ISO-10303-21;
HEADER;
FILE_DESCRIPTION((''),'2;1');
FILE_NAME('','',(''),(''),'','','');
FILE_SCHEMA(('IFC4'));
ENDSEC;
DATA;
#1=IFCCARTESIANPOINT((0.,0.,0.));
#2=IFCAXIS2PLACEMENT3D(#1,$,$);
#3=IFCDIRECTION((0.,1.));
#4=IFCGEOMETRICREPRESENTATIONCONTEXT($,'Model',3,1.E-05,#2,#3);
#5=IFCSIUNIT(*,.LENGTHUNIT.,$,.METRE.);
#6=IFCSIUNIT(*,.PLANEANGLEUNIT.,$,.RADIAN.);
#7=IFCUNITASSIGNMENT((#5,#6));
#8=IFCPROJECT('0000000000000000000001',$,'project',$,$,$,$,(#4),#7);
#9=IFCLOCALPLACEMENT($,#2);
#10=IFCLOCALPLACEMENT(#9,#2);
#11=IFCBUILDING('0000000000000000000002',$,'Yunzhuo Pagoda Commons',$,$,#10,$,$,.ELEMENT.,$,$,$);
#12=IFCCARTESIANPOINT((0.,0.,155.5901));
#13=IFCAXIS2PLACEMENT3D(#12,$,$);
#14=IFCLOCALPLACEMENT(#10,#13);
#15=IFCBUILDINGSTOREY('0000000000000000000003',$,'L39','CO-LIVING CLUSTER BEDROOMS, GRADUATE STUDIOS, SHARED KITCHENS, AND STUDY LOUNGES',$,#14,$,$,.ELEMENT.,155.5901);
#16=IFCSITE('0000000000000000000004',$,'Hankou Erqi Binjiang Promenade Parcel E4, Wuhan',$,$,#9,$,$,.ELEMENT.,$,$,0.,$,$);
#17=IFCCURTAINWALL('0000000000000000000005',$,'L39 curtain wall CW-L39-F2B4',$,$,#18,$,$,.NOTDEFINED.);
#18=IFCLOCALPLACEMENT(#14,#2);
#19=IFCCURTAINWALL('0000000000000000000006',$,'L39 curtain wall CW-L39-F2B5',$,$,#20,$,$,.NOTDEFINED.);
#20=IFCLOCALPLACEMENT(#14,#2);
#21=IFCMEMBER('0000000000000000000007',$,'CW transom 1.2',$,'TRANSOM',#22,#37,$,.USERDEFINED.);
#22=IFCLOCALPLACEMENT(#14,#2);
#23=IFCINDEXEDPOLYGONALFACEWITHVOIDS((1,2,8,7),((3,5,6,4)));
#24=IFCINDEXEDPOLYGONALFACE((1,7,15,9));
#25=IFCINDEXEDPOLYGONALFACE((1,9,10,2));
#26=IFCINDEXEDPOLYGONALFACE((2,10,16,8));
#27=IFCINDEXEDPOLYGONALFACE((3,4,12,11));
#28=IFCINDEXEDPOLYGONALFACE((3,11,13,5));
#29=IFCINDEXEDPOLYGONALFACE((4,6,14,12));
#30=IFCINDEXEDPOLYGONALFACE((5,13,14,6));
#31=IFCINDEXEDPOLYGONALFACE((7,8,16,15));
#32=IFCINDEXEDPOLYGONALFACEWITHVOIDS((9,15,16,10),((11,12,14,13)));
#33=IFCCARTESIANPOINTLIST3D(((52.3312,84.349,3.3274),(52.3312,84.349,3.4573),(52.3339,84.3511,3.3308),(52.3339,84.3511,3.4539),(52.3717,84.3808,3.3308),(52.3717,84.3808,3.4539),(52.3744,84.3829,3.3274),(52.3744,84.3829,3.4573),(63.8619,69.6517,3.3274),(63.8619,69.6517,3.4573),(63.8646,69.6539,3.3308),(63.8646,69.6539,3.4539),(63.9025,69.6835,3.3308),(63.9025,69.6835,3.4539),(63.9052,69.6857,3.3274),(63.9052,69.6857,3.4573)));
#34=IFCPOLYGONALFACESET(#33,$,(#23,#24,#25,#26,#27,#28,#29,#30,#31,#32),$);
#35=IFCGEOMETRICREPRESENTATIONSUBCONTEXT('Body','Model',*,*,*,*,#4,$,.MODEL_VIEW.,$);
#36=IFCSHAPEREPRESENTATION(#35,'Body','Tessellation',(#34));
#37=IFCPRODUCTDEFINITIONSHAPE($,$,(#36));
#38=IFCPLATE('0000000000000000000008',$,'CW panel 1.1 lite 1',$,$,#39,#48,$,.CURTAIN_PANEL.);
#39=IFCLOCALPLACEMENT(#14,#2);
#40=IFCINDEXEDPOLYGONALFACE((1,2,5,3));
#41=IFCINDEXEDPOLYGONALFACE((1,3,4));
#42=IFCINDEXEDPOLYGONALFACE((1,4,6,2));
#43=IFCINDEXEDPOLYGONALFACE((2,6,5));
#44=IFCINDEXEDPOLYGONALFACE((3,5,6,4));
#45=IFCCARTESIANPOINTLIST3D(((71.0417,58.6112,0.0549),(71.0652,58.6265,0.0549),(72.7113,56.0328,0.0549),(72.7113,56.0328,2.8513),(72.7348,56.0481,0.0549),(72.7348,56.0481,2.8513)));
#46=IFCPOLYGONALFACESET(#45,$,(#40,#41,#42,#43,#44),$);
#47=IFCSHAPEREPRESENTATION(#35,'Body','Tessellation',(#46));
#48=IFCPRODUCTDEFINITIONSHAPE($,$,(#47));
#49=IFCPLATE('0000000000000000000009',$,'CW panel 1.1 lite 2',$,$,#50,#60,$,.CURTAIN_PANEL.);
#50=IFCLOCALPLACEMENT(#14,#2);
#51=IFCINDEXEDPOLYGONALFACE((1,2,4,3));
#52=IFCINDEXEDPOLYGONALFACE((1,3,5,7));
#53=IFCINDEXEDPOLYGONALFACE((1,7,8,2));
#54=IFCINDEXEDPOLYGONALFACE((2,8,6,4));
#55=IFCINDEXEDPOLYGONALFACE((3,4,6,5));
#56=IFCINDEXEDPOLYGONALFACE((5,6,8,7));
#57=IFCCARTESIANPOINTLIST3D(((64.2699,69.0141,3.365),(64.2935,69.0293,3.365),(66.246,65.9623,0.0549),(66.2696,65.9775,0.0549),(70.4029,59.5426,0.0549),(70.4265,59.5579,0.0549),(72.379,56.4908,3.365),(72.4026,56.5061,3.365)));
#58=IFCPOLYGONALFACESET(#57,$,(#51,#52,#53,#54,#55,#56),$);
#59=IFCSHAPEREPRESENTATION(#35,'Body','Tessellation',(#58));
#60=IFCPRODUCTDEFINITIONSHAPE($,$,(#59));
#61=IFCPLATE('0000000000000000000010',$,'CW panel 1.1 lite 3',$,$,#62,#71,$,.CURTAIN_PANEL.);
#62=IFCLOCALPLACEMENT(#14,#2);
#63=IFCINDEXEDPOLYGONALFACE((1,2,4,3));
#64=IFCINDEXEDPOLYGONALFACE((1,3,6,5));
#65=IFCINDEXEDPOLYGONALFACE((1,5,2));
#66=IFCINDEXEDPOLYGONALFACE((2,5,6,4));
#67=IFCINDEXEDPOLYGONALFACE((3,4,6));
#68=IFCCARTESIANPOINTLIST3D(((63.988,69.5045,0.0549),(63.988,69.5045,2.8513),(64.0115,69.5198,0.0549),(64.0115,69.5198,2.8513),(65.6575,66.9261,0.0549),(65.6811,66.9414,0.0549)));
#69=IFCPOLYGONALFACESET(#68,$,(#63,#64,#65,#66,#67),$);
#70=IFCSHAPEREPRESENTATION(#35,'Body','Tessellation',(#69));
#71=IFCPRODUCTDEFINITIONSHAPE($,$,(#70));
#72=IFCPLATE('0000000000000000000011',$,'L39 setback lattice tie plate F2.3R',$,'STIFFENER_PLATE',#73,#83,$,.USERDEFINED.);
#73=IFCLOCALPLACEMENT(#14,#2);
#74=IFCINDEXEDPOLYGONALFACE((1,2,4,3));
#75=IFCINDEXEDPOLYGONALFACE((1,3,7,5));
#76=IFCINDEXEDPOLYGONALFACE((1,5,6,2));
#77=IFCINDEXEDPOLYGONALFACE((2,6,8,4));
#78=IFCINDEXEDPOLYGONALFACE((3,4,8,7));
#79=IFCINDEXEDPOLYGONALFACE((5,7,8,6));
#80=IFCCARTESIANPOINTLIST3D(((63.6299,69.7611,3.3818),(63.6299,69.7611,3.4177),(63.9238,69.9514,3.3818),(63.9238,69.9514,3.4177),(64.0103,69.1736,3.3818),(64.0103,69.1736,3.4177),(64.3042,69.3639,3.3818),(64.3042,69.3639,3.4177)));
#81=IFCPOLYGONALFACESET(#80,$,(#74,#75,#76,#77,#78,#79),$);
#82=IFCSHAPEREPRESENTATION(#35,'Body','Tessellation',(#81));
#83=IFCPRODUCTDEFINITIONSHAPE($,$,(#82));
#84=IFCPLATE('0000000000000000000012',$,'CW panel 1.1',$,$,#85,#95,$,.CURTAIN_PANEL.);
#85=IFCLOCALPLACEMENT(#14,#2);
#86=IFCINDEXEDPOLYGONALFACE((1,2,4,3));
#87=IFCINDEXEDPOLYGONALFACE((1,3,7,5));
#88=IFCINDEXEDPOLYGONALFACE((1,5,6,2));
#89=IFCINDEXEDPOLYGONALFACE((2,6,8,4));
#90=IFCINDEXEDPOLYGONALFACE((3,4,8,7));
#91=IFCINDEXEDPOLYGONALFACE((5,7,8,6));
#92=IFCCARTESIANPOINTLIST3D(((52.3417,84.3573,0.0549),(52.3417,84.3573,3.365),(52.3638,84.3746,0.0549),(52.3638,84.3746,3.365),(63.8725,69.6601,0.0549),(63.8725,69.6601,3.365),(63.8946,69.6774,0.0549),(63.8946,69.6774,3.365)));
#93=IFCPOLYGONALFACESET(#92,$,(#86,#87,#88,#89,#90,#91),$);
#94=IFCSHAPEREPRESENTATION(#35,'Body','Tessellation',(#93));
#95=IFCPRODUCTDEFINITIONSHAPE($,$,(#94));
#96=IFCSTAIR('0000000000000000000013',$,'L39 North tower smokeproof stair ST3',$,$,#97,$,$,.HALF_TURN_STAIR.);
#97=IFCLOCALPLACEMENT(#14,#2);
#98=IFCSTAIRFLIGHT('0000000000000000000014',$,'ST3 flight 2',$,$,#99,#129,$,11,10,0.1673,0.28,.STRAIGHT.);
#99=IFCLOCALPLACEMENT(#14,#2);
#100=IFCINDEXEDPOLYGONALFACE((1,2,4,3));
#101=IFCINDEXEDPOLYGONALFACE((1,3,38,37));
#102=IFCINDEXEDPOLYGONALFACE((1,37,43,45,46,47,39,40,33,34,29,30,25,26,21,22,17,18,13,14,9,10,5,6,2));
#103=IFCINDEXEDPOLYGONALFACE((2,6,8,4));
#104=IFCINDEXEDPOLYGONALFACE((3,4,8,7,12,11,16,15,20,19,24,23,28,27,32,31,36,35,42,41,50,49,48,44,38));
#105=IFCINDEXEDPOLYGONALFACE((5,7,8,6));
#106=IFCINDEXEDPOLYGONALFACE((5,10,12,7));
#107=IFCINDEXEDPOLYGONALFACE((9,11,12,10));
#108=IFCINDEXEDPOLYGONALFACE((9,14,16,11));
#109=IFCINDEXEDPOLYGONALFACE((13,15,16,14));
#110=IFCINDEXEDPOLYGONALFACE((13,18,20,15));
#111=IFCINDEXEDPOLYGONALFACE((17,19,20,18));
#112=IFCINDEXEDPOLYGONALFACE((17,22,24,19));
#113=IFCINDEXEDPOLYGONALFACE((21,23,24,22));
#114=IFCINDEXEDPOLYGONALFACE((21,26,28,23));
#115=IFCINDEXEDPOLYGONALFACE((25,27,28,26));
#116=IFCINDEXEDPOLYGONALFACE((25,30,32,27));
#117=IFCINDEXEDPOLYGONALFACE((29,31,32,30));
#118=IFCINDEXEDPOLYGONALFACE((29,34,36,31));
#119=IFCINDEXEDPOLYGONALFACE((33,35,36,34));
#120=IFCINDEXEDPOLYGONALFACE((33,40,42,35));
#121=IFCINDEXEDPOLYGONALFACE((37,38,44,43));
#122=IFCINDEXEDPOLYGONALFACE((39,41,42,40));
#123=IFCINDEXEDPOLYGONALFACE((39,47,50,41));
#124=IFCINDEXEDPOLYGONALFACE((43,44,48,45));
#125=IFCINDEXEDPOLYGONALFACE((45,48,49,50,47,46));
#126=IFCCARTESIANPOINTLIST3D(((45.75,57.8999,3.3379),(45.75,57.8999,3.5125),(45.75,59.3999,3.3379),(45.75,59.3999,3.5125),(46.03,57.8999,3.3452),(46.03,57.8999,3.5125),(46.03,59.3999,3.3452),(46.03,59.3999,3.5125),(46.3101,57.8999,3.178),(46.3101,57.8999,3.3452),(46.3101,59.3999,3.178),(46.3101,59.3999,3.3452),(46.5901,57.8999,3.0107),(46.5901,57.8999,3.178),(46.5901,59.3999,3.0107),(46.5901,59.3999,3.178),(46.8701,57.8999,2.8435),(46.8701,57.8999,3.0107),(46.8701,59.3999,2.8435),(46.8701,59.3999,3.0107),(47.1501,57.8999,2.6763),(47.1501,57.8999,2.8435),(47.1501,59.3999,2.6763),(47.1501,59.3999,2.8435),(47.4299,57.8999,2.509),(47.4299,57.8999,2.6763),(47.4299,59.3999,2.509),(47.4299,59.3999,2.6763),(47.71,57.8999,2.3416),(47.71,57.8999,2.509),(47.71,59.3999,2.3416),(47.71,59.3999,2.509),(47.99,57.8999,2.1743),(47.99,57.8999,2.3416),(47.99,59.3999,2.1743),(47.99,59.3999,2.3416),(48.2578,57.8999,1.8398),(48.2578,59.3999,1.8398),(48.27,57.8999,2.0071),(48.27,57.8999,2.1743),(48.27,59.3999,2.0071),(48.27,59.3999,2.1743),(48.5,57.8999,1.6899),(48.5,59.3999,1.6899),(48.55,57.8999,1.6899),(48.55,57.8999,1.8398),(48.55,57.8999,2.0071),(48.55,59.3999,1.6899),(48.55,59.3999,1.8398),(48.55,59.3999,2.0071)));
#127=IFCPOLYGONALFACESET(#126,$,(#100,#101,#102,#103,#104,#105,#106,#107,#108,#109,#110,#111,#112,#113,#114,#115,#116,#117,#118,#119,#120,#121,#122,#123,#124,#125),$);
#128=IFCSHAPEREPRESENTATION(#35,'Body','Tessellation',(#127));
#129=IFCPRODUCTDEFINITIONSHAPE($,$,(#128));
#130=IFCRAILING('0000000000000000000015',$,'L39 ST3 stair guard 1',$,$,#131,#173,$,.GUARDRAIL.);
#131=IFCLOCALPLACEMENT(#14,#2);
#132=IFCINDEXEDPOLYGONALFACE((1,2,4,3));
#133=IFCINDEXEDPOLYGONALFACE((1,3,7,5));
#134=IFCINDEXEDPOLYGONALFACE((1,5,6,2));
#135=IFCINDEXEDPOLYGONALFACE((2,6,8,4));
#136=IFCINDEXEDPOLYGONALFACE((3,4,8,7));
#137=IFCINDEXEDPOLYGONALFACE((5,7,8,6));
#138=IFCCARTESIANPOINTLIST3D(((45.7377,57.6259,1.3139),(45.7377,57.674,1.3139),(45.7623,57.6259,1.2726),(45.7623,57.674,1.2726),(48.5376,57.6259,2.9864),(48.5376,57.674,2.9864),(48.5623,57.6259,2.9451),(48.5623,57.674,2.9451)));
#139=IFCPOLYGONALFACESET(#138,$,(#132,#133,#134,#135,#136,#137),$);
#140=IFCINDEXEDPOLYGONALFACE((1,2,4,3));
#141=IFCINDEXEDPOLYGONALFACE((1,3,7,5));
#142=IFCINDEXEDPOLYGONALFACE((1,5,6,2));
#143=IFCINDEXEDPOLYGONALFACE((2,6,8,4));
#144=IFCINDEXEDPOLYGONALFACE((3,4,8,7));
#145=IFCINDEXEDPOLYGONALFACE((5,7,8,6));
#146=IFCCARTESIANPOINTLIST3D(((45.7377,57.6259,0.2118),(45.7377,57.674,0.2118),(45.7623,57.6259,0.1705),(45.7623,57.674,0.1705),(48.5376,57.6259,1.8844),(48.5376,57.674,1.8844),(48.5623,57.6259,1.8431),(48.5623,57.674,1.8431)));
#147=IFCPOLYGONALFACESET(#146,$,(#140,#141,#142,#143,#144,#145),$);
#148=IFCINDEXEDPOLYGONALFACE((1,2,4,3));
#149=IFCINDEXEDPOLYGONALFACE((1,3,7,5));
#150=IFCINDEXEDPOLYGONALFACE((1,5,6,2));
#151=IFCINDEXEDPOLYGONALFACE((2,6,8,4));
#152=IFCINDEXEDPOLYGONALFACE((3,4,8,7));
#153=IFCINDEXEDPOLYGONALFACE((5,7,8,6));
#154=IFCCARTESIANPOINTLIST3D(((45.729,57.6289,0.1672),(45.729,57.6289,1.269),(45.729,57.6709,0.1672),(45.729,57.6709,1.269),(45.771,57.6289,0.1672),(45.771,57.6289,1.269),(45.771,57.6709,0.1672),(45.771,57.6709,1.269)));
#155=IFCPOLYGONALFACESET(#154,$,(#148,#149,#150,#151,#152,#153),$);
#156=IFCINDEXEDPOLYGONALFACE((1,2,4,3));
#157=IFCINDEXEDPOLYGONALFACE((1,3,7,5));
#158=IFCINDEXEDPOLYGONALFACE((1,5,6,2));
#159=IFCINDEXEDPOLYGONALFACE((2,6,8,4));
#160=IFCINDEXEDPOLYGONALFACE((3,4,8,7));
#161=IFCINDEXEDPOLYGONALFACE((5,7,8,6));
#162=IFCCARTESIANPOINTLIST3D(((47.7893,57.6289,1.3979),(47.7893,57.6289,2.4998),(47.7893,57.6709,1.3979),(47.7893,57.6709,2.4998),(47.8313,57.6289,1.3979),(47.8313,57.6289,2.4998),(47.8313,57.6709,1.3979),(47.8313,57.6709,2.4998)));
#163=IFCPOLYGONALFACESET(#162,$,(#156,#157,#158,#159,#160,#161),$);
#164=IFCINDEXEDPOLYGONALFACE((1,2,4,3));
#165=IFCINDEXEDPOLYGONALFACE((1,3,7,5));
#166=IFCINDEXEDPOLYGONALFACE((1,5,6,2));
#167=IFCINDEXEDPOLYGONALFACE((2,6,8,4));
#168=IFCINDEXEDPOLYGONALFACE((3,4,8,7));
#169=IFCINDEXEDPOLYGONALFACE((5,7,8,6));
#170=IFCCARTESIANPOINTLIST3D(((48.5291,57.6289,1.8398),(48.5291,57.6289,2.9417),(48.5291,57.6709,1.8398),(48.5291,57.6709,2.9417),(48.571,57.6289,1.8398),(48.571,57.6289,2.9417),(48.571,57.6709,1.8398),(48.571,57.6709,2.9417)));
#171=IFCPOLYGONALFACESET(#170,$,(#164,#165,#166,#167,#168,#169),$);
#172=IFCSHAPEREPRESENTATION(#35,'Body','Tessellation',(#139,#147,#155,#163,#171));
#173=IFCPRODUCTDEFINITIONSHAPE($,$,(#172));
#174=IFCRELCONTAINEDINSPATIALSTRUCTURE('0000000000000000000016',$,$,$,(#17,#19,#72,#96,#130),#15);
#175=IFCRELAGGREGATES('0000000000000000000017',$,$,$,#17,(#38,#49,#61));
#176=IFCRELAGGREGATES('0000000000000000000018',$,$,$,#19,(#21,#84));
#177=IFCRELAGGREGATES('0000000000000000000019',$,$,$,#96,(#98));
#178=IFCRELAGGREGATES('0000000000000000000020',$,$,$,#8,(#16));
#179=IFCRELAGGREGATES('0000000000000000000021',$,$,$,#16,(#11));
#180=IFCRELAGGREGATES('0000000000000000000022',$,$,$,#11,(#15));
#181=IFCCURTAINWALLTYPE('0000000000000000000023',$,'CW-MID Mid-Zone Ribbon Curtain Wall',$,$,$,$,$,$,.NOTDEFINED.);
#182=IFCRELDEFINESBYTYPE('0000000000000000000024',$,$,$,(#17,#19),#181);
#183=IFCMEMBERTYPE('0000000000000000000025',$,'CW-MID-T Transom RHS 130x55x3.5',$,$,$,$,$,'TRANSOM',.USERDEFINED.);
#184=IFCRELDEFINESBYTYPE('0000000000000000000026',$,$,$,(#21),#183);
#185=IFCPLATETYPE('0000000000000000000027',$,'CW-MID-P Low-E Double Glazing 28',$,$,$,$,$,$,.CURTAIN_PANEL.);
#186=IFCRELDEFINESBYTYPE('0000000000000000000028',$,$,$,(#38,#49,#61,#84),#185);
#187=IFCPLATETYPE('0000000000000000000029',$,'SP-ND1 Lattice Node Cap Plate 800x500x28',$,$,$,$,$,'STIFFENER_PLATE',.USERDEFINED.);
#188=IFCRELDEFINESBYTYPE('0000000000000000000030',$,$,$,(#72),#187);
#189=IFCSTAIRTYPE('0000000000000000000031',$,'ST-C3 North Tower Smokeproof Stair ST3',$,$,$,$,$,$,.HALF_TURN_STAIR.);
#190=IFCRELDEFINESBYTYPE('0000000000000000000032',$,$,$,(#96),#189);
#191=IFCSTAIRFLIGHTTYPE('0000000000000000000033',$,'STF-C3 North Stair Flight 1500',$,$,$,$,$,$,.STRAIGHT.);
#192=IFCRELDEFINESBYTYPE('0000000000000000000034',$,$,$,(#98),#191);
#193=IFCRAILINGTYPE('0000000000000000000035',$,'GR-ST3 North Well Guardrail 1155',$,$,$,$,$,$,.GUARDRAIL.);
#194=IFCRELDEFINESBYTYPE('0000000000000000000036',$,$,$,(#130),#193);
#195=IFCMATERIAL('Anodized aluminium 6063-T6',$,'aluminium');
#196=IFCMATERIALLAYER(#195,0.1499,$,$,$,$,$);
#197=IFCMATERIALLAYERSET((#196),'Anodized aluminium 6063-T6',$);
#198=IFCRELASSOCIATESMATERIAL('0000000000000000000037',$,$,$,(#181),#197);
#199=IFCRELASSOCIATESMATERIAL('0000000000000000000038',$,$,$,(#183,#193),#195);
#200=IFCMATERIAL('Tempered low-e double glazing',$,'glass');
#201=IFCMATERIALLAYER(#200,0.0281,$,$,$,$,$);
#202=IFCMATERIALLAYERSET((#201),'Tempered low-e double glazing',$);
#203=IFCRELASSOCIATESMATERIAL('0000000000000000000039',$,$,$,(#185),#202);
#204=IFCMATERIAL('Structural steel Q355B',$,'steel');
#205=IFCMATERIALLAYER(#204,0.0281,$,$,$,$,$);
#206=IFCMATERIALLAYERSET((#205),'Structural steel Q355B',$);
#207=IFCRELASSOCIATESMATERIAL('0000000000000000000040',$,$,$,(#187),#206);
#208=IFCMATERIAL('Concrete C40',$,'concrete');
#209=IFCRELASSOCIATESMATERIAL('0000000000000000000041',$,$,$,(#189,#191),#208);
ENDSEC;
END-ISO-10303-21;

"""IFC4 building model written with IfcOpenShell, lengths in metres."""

from ifc_helpers import new_model, si_unit, direction, frame, origin, origin_2d, place, context, subcontext, project, spatial, polyline, rectangle, hollow_rectangle, outline, extrude, source, transform, mapped, material, layer, layer_set, material_profile, profile_set, type_object, element, aggregate, save


model = new_model("IFC4")

# Units and contexts
model_context = context("Model", 3, precision=1e-05, world=origin(), true_north=direction((0.0, 1.0)))
body_context = subcontext(model_context, "Body", "Model", "MODEL_VIEW")
ifc_project = project(units=[si_unit("LENGTHUNIT", "METRE"), si_unit("PLANEANGLEUNIT", "RADIAN")], contexts=[model_context])

# Site, building, storey
site_placement = place(None, origin())
site = spatial("IfcSite", under=ifc_project, at=site_placement, Name="Hankou Erqi Binjiang Promenade Parcel E4, Wuhan", CompositionType="ELEMENT", RefElevation=0.0)
building_placement = place(site_placement, origin())
building = spatial("IfcBuilding", under=site, at=building_placement, Name="Yunzhuo Pagoda Commons", CompositionType="ELEMENT")
storey_placement = place(building_placement, frame((0.0, 0.0, 155.5901)))
storey = spatial("IfcBuildingStorey", under=building, at=storey_placement, Name="L39", Description="CO-LIVING CLUSTER BEDROOMS, GRADUATE STUDIOS, SHARED KITCHENS, AND STUDY LOUNGES", CompositionType="ELEMENT", Elevation=155.5901)

# Shared definitions
ifc_material_1 = material(Name="Structural steel Q355B", Category="steel")

# Curtain wall
ifc_material_2 = material(Name="Anodized aluminium 6063-T6", Category="aluminium")
ifc_layer_1 = layer(ifc_material_2, 0.1499)
ifc_layer_set_1 = layer_set([ifc_layer_1], Name="Anodized aluminium 6063-T6")
curtain_wall_type = type_object("IfcCurtainWallType", Name="CW-MID Mid-Zone Ribbon Curtain Wall", PredefinedType="NOTDEFINED", material=ifc_layer_set_1)
curtain_wall_1_placement = place(storey_placement, origin())
curtain_wall_1 = element("IfcCurtainWall", 1, at=curtain_wall_1_placement, inside=storey, type_object=curtain_wall_type, Name="L39 curtain wall CW-L39-F2B4", PredefinedType="NOTDEFINED")

# Curtain wall, member
curtain_wall_2_placement = place(storey_placement, origin())
curtain_wall_2 = element("IfcCurtainWall", 2, at=curtain_wall_2_placement, inside=storey, type_object=curtain_wall_type, Name="L39 curtain wall CW-L39-F2B5", PredefinedType="NOTDEFINED")
ifc_material_profile_1 = material_profile(ifc_material_2, hollow_rectangle(XDim=0.0549, YDim=0.1299, WallThickness=0.0034, at=origin_2d()), Name="Anodized aluminium 6063-T6")
ifc_profile_set_1 = profile_set([ifc_material_profile_1], Name="Anodized aluminium 6063-T6")
member_type_1 = type_object("IfcMemberType", Name="CW-MID-T Transom RHS 130x55x3.5", ElementType="TRANSOM", PredefinedType="USERDEFINED", material=ifc_profile_set_1)
shared_shape_1 = source(origin(), body_context, "Body", "SweptSolid", [
    extrude(hollow_rectangle(XDim=0.0549, YDim=0.1299, WallThickness=0.0034, at=origin_2d()), origin(), (0.0, 0.0, 1.0), 18.6807),
])
member_1_placement = place(storey_placement, frame((63.8835, 69.6687, 3.3923), z_axis=(-0.617256, 0.786763, 0.0), x_axis=(-0.786763, -0.617256, 0.0)))
member_1 = element("IfcMember", 3, at=member_1_placement, type_object=member_type_1, Name="CW transom 1.2", ObjectType="TRANSOM", PredefinedType="USERDEFINED", context=body_context, shape_type="MappedRepresentation", body=[
    mapped(shared_shape_1, transform((0.0, 0.0, 0.0), scale=1.0)),
])

# Plates
ifc_material_3 = material(Name="Tempered low-e double glazing", Category="glass")
ifc_layer_2 = layer(ifc_material_3, 0.0281)
ifc_layer_set_2 = layer_set([ifc_layer_2], Name="Tempered low-e double glazing")
plate_type_1 = type_object("IfcPlateType", Name="CW-MID-P Low-E Double Glazing 28", PredefinedType="CURTAIN_PANEL", material=ifc_layer_set_2)
plate_1_placement = place(storey_placement, frame((71.8765, 57.322, 1.4531), z_axis=(0.839393, 0.543526, 0.0), x_axis=(-0.543526, 0.839393, 0.0)))
plate_1 = element("IfcPlate", 4, at=plate_1_placement, type_object=plate_type_1, Name="CW panel 1.1 lite 1", PredefinedType="CURTAIN_PANEL", context=body_context, shape_type="SweptSolid", body=[
    extrude(outline(polyline([(-1.5359, -1.3982), (1.5359, -1.3982), (-1.5359, 1.3982), (-1.5359, -1.3982)])), origin(), (0.0, 0.0, 1.0), 0.0281),
])
plate_2_placement = place(storey_placement, frame((68.3245, 62.7524, 1.71), z_axis=(0.839393, 0.543526, 0.0), x_axis=(-0.543526, 0.839393, 0.0)))
plate_2 = element("IfcPlate", 5, at=plate_2_placement, type_object=plate_type_1, Name="CW panel 1.1 lite 2", PredefinedType="CURTAIN_PANEL", context=body_context, shape_type="SweptSolid", body=[
    extrude(outline(polyline([(-7.4597, 1.655), (-3.824, -1.655), (3.824, -1.655), (7.4597, 1.655), (-7.4597, 1.655)])), origin(), (0.0, 0.0, 1.0), 0.0281),
])
plate_3_placement = place(storey_placement, frame((64.8228, 68.2153, 1.4531), z_axis=(0.839393, 0.543526, 0.0), x_axis=(-0.543526, 0.839393, 0.0)))
plate_3 = element("IfcPlate", 6, at=plate_3_placement, type_object=plate_type_1, Name="CW panel 1.1 lite 3", PredefinedType="CURTAIN_PANEL", context=body_context, shape_type="SweptSolid", body=[
    extrude(outline(polyline([(-1.5359, -1.3982), (1.5359, -1.3982), (1.5359, 1.3982), (-1.5359, -1.3982)])), origin(), (0.0, 0.0, 1.0), 0.0281),
])
aggregate(curtain_wall_1, [plate_1, plate_2, plate_3])
ifc_layer_3 = layer(ifc_material_1, 0.0281)
ifc_layer_set_3 = layer_set([ifc_layer_3], Name="Structural steel Q355B")
plate_type_2 = type_object("IfcPlateType", Name="SP-ND1 Lattice Node Cap Plate 800x500x28", ElementType="STIFFENER_PLATE", PredefinedType="USERDEFINED", material=ifc_layer_set_3)
shared_shape_2 = source(origin(), body_context, "Body", "SweptSolid", [
    extrude(rectangle(XDim=0.7, YDim=0.3501, at=origin_2d()), origin(), (0.0, 0.0, 1.0), 0.0359),
])
plate_4_placement = place(storey_placement, frame((63.967, 69.5625, 3.3818), z_axis=(0.0, 0.0, 1.0), x_axis=(-0.543526, 0.839392, 0.0)))
element("IfcPlate", 7, at=plate_4_placement, inside=storey, type_object=plate_type_2, Name="L39 setback lattice tie plate F2.3R", ObjectType="STIFFENER_PLATE", PredefinedType="USERDEFINED", context=body_context, shape_type="MappedRepresentation", body=[
    mapped(shared_shape_2, transform((0.0, 0.0, 0.0), scale=1.0)),
])
shared_shape_3 = source(origin(), body_context, "Body", "SweptSolid", [
    extrude(rectangle(XDim=18.6807, YDim=0.0281, at=origin_2d()), origin(), (0.0, 0.0, 1.0), 3.3101),
])
plate_5_placement = place(storey_placement, frame((58.1182, 77.0173, 0.0549), z_axis=(0.0, 0.0, 1.0), x_axis=(-0.61726, 0.786759, 0.0)))
plate_5 = element("IfcPlate", 8, at=plate_5_placement, type_object=plate_type_1, Name="CW panel 1.1", PredefinedType="CURTAIN_PANEL", context=body_context, shape_type="MappedRepresentation", body=[
    mapped(shared_shape_3, transform((0.0, 0.0, 0.0), scale=1.0)),
])
aggregate(curtain_wall_2, [member_1, plate_5])

# Stair, stair flight
ifc_material_4 = material(Name="Concrete C40", Category="concrete")
stair_type = type_object("IfcStairType", Name="ST-C3 North Tower Smokeproof Stair ST3", PredefinedType="HALF_TURN_STAIR", material=ifc_material_4)
stair_placement = place(storey_placement, origin())
stair = element("IfcStair", 9, at=stair_placement, inside=storey, type_object=stair_type, Name="L39 North tower smokeproof stair ST3", PredefinedType="HALF_TURN_STAIR")
stair_flight_type = type_object("IfcStairFlightType", Name="STF-C3 North Stair Flight 1500", PredefinedType="STRAIGHT", material=ifc_material_4)
shared_shape_4 = source(origin(), body_context, "Body", "SweptSolid", [
    extrude(outline(polyline([(0.0, -0.1499), (0.0, 0.0), (0.0, 0.1672), (0.28, 0.1672), (0.28, 0.3345), (0.5601, 0.3345), (0.5601, 0.5017), (0.8401, 0.5017), (0.8401, 0.6692), (1.1201, 0.6692), (1.1201, 0.8364), (1.3999, 0.8364), (1.3999, 1.0037), (1.6799, 1.0037), (1.6799, 1.1709), (1.96, 1.1709), (1.96, 1.3381), (2.24, 1.3381), (2.24, 1.5054), (2.52, 1.5054), (2.52, 1.6726), (2.8, 1.6726), (2.8, 1.8401), (2.8, 1.498), (0.2922, 0.0), (0.05, -0.1499), (0.0, -0.1499)])), frame((0.0, 0.75, 0.0), z_axis=(0.0, -1.0, 0.0), x_axis=(1.0, 0.0, 0.0)), (0.0, 0.0, 1.0), 1.5),
])
stair_flight_placement = place(storey_placement, frame((48.55, 58.6499, 1.8398), z_axis=(0.0, 0.0, 1.0), x_axis=(-1.0, 0.0, 0.0)))
stair_flight = element("IfcStairFlight", 10, at=stair_flight_placement, type_object=stair_flight_type, Name="ST3 flight 2", NumberOfRisers=11, NumberOfTreads=10, PredefinedType="STRAIGHT", RiserHeight=0.1673, TreadLength=0.28, context=body_context, shape_type="MappedRepresentation", body=[
    mapped(shared_shape_4, transform((0.0, 0.0, 0.0), scale=1.0)),
])
aggregate(stair, [stair_flight])

# Railing
railing_type_1 = type_object("IfcRailingType", Name="GR-ST3 North Well Guardrail 1155", PredefinedType="GUARDRAIL", material=ifc_material_2)
railing_1_placement = place(storey_placement, frame((45.75, 57.6499, 0.1672)))
element("IfcRailing", 11, at=railing_1_placement, inside=storey, type_object=railing_type_1, Name="L39 ST3 stair guard 1", PredefinedType="GUARDRAIL", context=body_context, shape_type="SweptSolid", body=[
    extrude(rectangle(XDim=0.0481, YDim=0.0481, at=origin_2d()), frame((0.0, 0.0, 1.126), z_axis=(0.858495, 0.0, 0.512822), x_axis=(0.0, 1.0, 0.0)), (0.0, 0.0, 1.0), 3.2615),
    extrude(rectangle(XDim=0.0481, YDim=0.0481, at=origin_2d()), frame((0.0, 0.0, 0.0239), z_axis=(0.858495, 0.0, 0.512822), x_axis=(0.0, 1.0, 0.0)), (0.0, 0.0, 1.0), 3.2615),
    extrude(rectangle(XDim=0.042, YDim=0.042, at=origin_2d()), origin(), (0.0, 0.0, 1.0), 1.1018),
    extrude(rectangle(XDim=0.042, YDim=0.042, at=origin_2d()), frame((2.0603, 0.0, 1.2307)), (0.0, 0.0, 1.0), 1.1018),
    extrude(rectangle(XDim=0.042, YDim=0.042, at=origin_2d()), frame((2.8, 0.0, 1.6726)), (0.0, 0.0, 1.0), 1.1018),
])

save(model, "model.ifc")
